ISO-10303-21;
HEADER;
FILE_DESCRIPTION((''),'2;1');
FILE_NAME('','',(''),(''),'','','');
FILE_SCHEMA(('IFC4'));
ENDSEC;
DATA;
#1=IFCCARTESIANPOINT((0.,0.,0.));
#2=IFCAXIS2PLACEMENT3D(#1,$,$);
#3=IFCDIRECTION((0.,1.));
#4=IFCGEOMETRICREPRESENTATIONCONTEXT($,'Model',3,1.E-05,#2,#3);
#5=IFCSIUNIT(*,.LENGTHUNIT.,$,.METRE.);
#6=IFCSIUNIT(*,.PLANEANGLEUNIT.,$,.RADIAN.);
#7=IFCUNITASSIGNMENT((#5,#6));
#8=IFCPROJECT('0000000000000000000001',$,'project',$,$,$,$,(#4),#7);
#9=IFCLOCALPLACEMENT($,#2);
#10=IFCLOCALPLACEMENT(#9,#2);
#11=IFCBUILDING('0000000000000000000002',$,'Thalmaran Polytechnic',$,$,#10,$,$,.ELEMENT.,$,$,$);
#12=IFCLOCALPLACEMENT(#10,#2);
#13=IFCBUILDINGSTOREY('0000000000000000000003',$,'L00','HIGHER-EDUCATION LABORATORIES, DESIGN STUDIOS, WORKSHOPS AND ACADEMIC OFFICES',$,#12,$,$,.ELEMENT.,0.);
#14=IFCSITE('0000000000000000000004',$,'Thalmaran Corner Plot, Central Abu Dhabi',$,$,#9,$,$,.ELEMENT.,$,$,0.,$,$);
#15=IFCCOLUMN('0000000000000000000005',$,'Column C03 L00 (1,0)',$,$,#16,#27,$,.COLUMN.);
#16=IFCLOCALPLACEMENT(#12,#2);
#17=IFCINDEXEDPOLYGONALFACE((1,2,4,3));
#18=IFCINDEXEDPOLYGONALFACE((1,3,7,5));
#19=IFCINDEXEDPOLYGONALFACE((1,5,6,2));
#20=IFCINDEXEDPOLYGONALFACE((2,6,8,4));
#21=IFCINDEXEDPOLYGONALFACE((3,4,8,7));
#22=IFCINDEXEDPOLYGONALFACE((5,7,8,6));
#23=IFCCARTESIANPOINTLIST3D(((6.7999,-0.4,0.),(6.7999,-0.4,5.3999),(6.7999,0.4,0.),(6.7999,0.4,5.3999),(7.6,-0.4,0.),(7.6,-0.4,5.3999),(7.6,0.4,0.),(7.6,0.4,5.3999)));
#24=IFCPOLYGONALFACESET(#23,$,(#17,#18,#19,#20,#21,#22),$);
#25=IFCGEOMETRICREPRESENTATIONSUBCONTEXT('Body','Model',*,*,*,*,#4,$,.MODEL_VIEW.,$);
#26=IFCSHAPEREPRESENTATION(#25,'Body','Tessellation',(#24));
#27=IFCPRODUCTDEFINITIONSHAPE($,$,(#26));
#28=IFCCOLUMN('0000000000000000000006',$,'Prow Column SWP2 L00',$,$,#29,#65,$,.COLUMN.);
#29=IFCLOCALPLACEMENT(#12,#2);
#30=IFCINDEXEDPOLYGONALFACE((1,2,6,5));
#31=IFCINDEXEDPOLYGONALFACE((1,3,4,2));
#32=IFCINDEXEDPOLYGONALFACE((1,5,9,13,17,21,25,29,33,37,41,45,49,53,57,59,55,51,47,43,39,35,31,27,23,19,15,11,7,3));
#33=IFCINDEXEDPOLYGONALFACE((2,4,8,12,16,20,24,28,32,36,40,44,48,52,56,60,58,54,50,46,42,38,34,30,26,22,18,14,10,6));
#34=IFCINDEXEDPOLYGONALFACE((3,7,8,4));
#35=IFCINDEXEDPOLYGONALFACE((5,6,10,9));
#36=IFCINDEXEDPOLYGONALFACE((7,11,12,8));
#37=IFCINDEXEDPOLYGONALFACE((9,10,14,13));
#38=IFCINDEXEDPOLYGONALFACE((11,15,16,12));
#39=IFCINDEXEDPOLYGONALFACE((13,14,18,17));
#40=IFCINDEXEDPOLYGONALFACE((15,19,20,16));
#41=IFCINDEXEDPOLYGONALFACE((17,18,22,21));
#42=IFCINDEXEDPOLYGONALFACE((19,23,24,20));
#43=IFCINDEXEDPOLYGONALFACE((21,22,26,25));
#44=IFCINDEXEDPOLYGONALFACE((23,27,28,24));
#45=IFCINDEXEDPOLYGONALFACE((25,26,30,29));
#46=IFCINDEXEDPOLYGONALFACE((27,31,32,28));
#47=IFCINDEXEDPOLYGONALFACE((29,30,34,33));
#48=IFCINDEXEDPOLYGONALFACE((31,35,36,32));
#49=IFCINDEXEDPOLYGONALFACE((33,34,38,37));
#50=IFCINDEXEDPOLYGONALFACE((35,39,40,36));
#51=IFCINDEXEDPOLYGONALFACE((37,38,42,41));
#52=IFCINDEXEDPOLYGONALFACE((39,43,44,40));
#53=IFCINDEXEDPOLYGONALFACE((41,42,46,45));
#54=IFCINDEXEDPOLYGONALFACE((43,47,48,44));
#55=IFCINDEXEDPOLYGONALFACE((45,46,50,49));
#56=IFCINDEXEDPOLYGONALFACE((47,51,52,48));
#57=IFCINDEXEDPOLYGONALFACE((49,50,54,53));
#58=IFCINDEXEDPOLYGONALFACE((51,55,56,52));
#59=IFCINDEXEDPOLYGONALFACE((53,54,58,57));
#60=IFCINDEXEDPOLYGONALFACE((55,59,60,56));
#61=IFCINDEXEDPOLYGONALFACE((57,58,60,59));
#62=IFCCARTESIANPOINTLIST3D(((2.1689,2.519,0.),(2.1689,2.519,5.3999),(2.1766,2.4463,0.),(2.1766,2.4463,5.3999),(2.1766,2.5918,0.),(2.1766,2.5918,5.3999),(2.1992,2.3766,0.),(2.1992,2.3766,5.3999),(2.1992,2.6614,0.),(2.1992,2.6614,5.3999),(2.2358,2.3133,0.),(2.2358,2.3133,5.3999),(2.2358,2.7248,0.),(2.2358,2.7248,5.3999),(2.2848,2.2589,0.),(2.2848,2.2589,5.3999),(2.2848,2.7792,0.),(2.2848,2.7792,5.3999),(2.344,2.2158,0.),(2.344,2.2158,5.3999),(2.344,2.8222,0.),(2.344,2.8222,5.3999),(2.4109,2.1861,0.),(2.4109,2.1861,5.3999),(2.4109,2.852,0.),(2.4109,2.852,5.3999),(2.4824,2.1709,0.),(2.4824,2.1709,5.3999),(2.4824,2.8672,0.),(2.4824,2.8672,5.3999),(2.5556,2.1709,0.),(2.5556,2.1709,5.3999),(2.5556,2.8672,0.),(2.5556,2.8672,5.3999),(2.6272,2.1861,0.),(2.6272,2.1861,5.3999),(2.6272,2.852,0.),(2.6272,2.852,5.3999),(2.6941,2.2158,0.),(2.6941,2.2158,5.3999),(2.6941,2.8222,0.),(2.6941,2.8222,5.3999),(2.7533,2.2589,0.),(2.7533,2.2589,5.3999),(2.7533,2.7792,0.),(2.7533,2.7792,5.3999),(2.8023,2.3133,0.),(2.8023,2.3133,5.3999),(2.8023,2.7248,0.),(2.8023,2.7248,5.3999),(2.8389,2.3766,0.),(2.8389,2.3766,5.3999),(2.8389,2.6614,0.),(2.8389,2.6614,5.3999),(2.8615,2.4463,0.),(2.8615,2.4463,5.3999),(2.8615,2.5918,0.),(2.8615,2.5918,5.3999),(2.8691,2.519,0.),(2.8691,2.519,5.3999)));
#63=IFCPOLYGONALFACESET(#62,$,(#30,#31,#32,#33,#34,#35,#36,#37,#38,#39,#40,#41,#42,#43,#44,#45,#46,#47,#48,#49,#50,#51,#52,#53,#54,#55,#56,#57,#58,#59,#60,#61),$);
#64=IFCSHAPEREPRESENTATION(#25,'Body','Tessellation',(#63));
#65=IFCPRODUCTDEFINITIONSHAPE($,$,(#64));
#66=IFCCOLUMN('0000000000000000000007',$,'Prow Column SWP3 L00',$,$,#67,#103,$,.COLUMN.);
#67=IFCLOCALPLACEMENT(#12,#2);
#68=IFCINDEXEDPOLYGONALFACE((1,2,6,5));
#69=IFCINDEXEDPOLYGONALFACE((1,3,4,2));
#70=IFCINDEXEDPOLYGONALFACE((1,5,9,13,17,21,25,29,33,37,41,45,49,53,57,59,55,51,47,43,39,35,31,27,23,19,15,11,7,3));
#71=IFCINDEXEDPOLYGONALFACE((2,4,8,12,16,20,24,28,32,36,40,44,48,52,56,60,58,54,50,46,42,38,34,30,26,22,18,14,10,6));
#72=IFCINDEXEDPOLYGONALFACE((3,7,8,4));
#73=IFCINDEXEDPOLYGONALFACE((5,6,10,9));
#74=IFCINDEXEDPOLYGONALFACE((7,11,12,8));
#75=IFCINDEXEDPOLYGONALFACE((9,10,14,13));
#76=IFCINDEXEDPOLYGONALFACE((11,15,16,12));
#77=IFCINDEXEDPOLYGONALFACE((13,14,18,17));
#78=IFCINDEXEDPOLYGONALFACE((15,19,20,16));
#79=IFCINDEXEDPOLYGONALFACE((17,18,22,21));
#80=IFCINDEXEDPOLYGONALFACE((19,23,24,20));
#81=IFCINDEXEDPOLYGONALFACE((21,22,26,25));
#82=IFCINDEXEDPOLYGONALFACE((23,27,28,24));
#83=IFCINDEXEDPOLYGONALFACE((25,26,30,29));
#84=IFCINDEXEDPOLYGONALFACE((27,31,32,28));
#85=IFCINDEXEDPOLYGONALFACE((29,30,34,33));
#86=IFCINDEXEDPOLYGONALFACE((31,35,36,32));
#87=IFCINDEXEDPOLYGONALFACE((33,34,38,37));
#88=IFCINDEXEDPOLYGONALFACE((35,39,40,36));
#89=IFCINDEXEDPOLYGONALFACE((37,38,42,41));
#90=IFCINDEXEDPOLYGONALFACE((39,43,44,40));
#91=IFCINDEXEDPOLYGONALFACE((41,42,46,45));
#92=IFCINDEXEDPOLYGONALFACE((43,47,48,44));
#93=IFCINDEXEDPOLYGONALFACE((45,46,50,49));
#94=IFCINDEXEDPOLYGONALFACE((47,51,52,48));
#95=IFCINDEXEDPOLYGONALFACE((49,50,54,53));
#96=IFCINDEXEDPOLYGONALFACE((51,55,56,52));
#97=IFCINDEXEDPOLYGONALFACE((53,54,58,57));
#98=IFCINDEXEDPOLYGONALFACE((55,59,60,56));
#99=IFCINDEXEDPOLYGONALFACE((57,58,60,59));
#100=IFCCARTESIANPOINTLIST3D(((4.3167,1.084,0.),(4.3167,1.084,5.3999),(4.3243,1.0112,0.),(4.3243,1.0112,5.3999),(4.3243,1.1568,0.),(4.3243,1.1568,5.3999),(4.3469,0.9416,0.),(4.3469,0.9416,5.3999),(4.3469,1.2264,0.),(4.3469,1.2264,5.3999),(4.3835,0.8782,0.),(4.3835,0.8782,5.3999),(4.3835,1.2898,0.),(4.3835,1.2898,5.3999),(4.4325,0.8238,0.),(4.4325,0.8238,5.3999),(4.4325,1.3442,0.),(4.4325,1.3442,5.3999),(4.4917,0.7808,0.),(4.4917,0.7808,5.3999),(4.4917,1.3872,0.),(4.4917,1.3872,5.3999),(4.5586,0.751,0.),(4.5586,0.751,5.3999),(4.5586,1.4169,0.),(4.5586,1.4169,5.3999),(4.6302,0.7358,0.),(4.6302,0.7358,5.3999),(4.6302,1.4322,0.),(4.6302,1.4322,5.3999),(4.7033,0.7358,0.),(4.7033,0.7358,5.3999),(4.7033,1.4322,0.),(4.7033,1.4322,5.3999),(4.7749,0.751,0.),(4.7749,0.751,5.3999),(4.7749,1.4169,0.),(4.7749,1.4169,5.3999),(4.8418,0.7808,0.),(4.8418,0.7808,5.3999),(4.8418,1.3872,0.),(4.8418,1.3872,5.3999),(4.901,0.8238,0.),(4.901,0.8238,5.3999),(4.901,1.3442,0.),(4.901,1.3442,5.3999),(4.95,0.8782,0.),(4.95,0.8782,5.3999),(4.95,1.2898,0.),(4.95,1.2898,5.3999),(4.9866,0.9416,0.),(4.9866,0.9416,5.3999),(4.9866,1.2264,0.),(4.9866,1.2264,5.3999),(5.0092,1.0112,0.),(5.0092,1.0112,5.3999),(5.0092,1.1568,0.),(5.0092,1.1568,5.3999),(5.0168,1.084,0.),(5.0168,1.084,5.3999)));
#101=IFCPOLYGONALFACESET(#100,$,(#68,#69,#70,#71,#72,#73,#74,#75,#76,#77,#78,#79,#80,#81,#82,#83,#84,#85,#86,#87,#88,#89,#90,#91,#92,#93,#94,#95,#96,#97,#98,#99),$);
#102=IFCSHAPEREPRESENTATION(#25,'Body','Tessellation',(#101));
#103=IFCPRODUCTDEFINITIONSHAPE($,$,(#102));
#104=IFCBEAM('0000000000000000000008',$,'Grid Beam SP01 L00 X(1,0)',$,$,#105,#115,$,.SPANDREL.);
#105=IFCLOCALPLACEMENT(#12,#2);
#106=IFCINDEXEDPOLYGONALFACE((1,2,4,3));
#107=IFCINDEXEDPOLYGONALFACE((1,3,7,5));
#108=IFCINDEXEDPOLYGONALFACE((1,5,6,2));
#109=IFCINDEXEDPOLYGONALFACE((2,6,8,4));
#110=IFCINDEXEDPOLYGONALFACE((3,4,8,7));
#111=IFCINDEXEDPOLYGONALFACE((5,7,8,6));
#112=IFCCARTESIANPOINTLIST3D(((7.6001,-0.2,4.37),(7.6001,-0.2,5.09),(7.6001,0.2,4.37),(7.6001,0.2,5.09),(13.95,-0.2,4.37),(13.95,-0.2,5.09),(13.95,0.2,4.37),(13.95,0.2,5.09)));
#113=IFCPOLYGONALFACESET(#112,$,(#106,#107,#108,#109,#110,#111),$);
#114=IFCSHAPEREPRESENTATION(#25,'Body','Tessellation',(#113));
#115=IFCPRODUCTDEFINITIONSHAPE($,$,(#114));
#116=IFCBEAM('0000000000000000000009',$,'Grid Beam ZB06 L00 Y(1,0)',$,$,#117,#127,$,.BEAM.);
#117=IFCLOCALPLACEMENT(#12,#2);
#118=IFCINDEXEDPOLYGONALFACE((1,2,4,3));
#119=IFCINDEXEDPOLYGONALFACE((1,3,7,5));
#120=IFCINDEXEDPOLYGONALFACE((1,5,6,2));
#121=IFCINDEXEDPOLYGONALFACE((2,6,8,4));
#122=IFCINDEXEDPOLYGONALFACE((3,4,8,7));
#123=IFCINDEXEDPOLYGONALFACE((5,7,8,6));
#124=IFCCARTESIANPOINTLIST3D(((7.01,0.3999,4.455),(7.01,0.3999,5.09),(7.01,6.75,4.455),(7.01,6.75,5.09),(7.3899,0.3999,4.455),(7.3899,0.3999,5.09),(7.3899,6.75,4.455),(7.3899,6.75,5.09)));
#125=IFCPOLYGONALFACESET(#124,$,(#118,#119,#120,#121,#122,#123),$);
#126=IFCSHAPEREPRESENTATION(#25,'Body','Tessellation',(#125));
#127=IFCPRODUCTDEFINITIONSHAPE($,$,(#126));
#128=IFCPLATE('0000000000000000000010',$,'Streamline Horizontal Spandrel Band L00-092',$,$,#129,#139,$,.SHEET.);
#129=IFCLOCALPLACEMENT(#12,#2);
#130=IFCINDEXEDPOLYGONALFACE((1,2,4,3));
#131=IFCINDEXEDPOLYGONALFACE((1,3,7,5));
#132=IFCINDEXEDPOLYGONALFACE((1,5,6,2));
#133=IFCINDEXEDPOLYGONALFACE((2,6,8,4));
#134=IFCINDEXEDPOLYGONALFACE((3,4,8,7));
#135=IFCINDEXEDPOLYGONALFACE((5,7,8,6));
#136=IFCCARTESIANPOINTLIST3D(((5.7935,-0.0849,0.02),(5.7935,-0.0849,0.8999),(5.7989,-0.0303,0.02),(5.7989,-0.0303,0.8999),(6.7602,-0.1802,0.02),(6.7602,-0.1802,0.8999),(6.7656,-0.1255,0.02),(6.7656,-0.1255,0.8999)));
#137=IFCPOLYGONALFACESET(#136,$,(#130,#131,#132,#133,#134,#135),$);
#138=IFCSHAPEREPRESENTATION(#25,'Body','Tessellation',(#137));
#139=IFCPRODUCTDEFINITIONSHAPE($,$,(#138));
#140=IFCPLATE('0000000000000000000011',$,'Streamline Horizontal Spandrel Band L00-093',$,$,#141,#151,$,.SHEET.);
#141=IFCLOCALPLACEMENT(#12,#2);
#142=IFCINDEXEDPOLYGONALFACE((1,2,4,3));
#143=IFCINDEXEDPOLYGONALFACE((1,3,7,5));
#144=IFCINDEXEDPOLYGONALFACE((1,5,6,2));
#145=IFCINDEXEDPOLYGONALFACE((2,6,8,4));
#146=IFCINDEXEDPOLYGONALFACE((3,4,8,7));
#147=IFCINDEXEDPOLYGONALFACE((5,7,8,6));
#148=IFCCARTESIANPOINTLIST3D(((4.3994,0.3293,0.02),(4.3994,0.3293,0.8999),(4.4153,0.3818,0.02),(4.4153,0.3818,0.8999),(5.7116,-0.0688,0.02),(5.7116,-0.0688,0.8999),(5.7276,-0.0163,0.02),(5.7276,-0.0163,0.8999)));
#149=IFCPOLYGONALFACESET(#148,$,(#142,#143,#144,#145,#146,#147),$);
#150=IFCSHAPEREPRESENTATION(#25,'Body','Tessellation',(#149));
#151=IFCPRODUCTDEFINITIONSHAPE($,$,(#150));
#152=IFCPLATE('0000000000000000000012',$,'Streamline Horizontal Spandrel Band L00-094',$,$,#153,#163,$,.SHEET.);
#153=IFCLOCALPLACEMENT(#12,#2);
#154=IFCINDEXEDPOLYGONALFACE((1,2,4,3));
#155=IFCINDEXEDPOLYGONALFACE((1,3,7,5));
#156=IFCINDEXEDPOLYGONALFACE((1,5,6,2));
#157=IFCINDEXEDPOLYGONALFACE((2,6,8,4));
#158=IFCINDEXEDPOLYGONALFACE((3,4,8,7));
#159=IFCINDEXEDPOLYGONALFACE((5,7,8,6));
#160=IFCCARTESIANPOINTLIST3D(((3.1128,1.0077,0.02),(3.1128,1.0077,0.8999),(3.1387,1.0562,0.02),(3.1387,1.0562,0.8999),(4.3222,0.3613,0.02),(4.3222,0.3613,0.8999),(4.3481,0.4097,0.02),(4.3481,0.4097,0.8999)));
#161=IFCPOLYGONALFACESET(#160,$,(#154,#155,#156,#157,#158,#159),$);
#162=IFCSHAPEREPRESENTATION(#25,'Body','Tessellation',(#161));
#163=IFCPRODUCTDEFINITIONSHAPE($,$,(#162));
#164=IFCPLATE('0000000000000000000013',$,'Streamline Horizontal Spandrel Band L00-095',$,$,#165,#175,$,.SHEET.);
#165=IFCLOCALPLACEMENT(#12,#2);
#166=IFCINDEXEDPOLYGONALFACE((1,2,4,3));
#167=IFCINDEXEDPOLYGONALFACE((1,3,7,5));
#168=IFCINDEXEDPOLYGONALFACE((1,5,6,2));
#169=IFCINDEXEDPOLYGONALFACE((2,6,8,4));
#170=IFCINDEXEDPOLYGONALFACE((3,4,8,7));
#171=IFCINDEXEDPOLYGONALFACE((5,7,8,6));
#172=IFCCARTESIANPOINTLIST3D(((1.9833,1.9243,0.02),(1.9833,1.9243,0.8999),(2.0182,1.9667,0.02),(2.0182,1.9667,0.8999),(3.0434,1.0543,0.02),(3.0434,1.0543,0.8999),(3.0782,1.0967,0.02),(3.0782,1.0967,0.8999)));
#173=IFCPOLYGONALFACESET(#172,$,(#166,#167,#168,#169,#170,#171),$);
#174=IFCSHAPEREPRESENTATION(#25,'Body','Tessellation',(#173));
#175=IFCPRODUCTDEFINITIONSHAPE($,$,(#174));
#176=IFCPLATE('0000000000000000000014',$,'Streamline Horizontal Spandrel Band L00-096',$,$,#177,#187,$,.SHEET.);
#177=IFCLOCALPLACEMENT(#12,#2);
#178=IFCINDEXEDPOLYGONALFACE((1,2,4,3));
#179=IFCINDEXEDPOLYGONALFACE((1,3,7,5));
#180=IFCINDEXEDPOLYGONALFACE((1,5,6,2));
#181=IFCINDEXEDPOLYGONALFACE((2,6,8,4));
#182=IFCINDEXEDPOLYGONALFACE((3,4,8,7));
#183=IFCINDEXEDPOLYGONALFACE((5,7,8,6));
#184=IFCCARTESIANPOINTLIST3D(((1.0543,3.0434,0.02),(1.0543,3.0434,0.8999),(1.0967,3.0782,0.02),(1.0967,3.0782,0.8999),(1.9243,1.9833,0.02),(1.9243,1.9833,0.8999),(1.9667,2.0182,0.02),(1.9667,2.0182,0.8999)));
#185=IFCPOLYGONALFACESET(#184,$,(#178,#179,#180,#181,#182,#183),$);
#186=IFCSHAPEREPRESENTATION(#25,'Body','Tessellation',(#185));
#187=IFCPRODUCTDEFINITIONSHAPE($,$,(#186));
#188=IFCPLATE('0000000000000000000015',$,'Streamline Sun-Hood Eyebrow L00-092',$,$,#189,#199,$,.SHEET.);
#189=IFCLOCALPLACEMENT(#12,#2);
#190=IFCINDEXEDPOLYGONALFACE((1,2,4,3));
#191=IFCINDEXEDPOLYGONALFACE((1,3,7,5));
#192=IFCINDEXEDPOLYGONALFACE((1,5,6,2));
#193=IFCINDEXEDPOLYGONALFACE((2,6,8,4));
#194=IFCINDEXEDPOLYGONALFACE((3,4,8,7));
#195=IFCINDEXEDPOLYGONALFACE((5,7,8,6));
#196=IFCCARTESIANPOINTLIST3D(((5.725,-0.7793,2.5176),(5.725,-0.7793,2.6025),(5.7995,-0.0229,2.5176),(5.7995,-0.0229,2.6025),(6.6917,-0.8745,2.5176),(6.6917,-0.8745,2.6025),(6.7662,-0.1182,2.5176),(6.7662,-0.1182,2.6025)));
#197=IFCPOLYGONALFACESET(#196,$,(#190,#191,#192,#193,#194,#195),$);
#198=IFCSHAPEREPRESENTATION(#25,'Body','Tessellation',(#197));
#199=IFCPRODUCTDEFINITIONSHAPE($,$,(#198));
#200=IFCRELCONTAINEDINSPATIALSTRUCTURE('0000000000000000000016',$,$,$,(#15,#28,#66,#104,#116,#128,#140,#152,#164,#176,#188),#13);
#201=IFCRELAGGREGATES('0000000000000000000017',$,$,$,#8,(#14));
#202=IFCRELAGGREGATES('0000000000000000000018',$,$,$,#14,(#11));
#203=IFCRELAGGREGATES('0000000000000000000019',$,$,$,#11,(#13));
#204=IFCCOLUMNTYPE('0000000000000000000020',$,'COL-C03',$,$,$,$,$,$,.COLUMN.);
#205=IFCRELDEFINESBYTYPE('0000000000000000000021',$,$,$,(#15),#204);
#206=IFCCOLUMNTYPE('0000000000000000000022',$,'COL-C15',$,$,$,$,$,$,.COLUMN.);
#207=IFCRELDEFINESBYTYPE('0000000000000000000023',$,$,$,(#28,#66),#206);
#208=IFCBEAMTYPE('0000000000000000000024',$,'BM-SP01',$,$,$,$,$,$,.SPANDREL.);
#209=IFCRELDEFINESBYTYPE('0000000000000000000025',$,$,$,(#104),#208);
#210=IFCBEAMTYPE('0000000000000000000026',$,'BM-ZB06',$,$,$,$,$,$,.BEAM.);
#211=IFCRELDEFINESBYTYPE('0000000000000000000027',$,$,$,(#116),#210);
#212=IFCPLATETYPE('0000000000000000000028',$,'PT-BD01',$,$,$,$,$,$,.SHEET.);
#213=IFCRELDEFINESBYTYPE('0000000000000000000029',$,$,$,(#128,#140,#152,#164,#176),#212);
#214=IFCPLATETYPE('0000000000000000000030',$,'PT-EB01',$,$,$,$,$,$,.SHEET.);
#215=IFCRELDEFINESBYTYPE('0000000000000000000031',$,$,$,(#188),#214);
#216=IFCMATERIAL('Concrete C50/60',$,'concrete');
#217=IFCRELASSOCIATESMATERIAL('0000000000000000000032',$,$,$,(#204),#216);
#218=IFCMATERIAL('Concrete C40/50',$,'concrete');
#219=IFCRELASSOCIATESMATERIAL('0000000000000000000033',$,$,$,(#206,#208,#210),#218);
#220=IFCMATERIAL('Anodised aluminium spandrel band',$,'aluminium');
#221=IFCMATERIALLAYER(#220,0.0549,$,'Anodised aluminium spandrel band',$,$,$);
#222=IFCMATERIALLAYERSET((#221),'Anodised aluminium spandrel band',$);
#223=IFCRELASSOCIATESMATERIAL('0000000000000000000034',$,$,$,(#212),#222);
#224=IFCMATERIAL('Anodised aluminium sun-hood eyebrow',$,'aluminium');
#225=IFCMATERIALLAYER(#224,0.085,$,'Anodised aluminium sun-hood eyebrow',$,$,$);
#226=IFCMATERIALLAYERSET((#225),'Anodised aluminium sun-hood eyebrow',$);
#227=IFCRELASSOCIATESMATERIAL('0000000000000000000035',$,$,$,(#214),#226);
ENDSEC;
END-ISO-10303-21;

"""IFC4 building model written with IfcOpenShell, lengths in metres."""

from ifc_helpers import new_model, si_unit, direction, frame, origin, origin_2d, place, context, subcontext, project, spatial, rectangle, circle, extrude, material, layer, layer_set, material_profile, profile_set, type_object, element, save


model = new_model("IFC4")

# Units and contexts
model_context = context("Model", 3, precision=1e-05, world=origin(), true_north=direction((0.0, 1.0)))
body_context = subcontext(model_context, "Body", "Model", "MODEL_VIEW")
ifc_project = project(units=[si_unit("LENGTHUNIT", "METRE"), si_unit("PLANEANGLEUNIT", "RADIAN")], contexts=[model_context])

# Site, building, storey
site_placement = place(None, origin())
site = spatial("IfcSite", under=ifc_project, at=site_placement, Name="Thalmaran Corner Plot, Central Abu Dhabi", CompositionType="ELEMENT", RefElevation=0.0)
building_placement = place(site_placement, origin())
building = spatial("IfcBuilding", under=site, at=building_placement, Name="Thalmaran Polytechnic", CompositionType="ELEMENT")
storey_placement = place(building_placement, origin())
storey = spatial("IfcBuildingStorey", under=building, at=storey_placement, Name="L00", Description="HIGHER-EDUCATION LABORATORIES, DESIGN STUDIOS, WORKSHOPS AND ACADEMIC OFFICES", CompositionType="ELEMENT", Elevation=0.0)

# Columns
ifc_material_1 = material(Name="Concrete C50/60", Category="concrete")
ifc_material_profile_1 = material_profile(ifc_material_1, rectangle(XDim=0.8, YDim=0.8, at=origin_2d()), Name="RC 800x800")
ifc_profile_set_1 = profile_set([ifc_material_profile_1], Name="Concrete C50/60")
column_type_1 = type_object("IfcColumnType", Name="COL-C03", PredefinedType="COLUMN", material=ifc_profile_set_1)
column_placement = place(storey_placement, frame((7.2, 0.0, 0.0), z_axis=(0.0, 0.0, 1.0), x_axis=(1.0, 0.0, 0.0)))
element("IfcColumn", 1, at=column_placement, inside=storey, type_object=column_type_1, Name="Column C03 L00 (1,0)", PredefinedType="COLUMN", context=body_context, shape_type="SweptSolid", body=[
    extrude(rectangle(XDim=0.8, YDim=0.8, at=origin_2d()), origin(), (0.0, 0.0, 1.0), 5.3999),
])
ifc_material_2 = material(Name="Concrete C40/50", Category="concrete")
ifc_material_profile_2 = material_profile(ifc_material_2, circle(Radius=0.3501, at=origin_2d()), Name="RC 700 DIA")
ifc_profile_set_2 = profile_set([ifc_material_profile_2], Name="Concrete C40/50")
column_type_2 = type_object("IfcColumnType", Name="COL-C15", PredefinedType="COLUMN", material=ifc_profile_set_2)
for number, where, z_axis, x_axis, name in (
    (2, (2.519, 2.519, 0.0), (0.0, 0.0, 1.0), (1.0, 0.0, 0.0), "Prow Column SWP2 L00"),
    (3, (4.6667, 1.084, 0.0), (0.0, 0.0, 1.0), (1.0, 0.0, 0.0), "Prow Column SWP3 L00"),
):
    element("IfcColumn", number, at=place(storey_placement, frame(where, z_axis=z_axis, x_axis=x_axis)), inside=storey, type_object=column_type_2, Name=name, PredefinedType="COLUMN", context=body_context, shape_type="SweptSolid", body=[
        extrude(circle(Radius=0.3501, at=origin_2d()), origin(), (0.0, 0.0, 1.0), 5.3999),
    ])

# Beams
ifc_material_profile_3 = material_profile(ifc_material_2, rectangle(XDim=0.3999, YDim=0.72, at=origin_2d()), Name="RC 400x720")
ifc_profile_set_3 = profile_set([ifc_material_profile_3], Name="Concrete C40/50")
beam_type_1 = type_object("IfcBeamType", Name="BM-SP01", PredefinedType="SPANDREL", material=ifc_profile_set_3)
beam_1_placement = place(storey_placement, frame((7.6001, 0.0, 4.73), z_axis=(1.0, 0.0, 0.0), x_axis=(0.0, 1.0, 0.0)))
element("IfcBeam", 4, at=beam_1_placement, inside=storey, type_object=beam_type_1, Name="Grid Beam SP01 L00 X(1,0)", PredefinedType="SPANDREL", context=body_context, shape_type="SweptSolid", body=[
    extrude(rectangle(XDim=0.3999, YDim=0.72, at=origin_2d()), origin(), (0.0, 0.0, 1.0), 6.3499),
])
ifc_material_profile_4 = material_profile(ifc_material_2, rectangle(XDim=0.3799, YDim=0.635, at=origin_2d()), Name="RC 380x635")
ifc_profile_set_4 = profile_set([ifc_material_profile_4], Name="Concrete C40/50")
beam_type_2 = type_object("IfcBeamType", Name="BM-ZB06", PredefinedType="BEAM", material=ifc_profile_set_4)
beam_2_placement = place(storey_placement, frame((7.2, 0.3999, 4.7725), z_axis=(0.0, 1.0, 0.0), x_axis=(-1.0, 0.0, 0.0)))
element("IfcBeam", 5, at=beam_2_placement, inside=storey, type_object=beam_type_2, Name="Grid Beam ZB06 L00 Y(1,0)", PredefinedType="BEAM", context=body_context, shape_type="SweptSolid", body=[
    extrude(rectangle(XDim=0.3799, YDim=0.635, at=origin_2d()), origin(), (0.0, 0.0, 1.0), 6.3501),
])

# Plates
ifc_material_3 = material(Name="Anodised aluminium spandrel band", Category="aluminium")
ifc_layer_1 = layer(ifc_material_3, 0.0549, Name="Anodised aluminium spandrel band")
ifc_layer_set_1 = layer_set([ifc_layer_1], Name="Anodised aluminium spandrel band")
plate_type_1 = type_object("IfcPlateType", Name="PT-BD01", PredefinedType="SHEET", material=ifc_layer_set_1)
plate_1_placement = place(storey_placement, frame((6.2795, -0.1052, 0.02), z_axis=(0.0, 0.0, 1.0), x_axis=(-0.995185, 0.098017, 0.0)))
element("IfcPlate", 6, at=plate_1_placement, inside=storey, type_object=plate_type_1, Name="Streamline Horizontal Spandrel Band L00-092", PredefinedType="SHEET", context=body_context, shape_type="SweptSolid", body=[
    extrude(rectangle(XDim=0.9714, YDim=0.0549, at=origin_2d()), origin(), (0.0, 0.0, 1.0), 0.8799),
])
for number, where, z_axis, x_axis, name in (
    (7, (5.0635, 0.1565, 0.02), (0.0, 0.0, 1.0), (-0.95694, 0.290285, 0.0), "Streamline Horizontal Spandrel Band L00-093"),
    (8, (3.7305, 0.7087, 0.02), (0.0, 0.0, 1.0), (-0.881921, 0.471397, 0.0), "Streamline Horizontal Spandrel Band L00-094"),
    (9, (2.5308, 1.5105, 0.02), (0.0, 0.0, 1.0), (-0.77301, 0.634393, 0.0), "Streamline Horizontal Spandrel Band L00-095"),
    (10, (1.5105, 2.5308, 0.02), (0.0, 0.0, 1.0), (-0.634393, 0.77301, 0.0), "Streamline Horizontal Spandrel Band L00-096"),
):
    element("IfcPlate", number, at=place(storey_placement, frame(where, z_axis=z_axis, x_axis=x_axis)), inside=storey, type_object=plate_type_1, Name=name, PredefinedType="SHEET", context=body_context, shape_type="SweptSolid", body=[
        extrude(rectangle(XDim=1.3713, YDim=0.0549, at=origin_2d()), origin(), (0.0, 0.0, 1.0), 0.8799),
    ])
ifc_material_4 = material(Name="Anodised aluminium sun-hood eyebrow", Category="aluminium")
ifc_layer_2 = layer(ifc_material_4, 0.085, Name="Anodised aluminium sun-hood eyebrow")
ifc_layer_set_2 = layer_set([ifc_layer_2], Name="Anodised aluminium sun-hood eyebrow")
plate_type_2 = type_object("IfcPlateType", Name="PT-EB01", PredefinedType="SHEET", material=ifc_layer_set_2)
plate_2_placement = place(storey_placement, frame((6.2456, -0.4487, 2.5176), z_axis=(0.0, 0.0, 1.0), x_axis=(-0.995185, 0.098017, 0.0)))
element("IfcPlate", 11, at=plate_2_placement, inside=storey, type_object=plate_type_2, Name="Streamline Sun-Hood Eyebrow L00-092", PredefinedType="SHEET", context=body_context, shape_type="SweptSolid", body=[
    extrude(rectangle(XDim=0.9714, YDim=0.76, at=origin_2d()), origin(), (0.0, 0.0, 1.0), 0.085),
])

save(model, "model.ifc")
